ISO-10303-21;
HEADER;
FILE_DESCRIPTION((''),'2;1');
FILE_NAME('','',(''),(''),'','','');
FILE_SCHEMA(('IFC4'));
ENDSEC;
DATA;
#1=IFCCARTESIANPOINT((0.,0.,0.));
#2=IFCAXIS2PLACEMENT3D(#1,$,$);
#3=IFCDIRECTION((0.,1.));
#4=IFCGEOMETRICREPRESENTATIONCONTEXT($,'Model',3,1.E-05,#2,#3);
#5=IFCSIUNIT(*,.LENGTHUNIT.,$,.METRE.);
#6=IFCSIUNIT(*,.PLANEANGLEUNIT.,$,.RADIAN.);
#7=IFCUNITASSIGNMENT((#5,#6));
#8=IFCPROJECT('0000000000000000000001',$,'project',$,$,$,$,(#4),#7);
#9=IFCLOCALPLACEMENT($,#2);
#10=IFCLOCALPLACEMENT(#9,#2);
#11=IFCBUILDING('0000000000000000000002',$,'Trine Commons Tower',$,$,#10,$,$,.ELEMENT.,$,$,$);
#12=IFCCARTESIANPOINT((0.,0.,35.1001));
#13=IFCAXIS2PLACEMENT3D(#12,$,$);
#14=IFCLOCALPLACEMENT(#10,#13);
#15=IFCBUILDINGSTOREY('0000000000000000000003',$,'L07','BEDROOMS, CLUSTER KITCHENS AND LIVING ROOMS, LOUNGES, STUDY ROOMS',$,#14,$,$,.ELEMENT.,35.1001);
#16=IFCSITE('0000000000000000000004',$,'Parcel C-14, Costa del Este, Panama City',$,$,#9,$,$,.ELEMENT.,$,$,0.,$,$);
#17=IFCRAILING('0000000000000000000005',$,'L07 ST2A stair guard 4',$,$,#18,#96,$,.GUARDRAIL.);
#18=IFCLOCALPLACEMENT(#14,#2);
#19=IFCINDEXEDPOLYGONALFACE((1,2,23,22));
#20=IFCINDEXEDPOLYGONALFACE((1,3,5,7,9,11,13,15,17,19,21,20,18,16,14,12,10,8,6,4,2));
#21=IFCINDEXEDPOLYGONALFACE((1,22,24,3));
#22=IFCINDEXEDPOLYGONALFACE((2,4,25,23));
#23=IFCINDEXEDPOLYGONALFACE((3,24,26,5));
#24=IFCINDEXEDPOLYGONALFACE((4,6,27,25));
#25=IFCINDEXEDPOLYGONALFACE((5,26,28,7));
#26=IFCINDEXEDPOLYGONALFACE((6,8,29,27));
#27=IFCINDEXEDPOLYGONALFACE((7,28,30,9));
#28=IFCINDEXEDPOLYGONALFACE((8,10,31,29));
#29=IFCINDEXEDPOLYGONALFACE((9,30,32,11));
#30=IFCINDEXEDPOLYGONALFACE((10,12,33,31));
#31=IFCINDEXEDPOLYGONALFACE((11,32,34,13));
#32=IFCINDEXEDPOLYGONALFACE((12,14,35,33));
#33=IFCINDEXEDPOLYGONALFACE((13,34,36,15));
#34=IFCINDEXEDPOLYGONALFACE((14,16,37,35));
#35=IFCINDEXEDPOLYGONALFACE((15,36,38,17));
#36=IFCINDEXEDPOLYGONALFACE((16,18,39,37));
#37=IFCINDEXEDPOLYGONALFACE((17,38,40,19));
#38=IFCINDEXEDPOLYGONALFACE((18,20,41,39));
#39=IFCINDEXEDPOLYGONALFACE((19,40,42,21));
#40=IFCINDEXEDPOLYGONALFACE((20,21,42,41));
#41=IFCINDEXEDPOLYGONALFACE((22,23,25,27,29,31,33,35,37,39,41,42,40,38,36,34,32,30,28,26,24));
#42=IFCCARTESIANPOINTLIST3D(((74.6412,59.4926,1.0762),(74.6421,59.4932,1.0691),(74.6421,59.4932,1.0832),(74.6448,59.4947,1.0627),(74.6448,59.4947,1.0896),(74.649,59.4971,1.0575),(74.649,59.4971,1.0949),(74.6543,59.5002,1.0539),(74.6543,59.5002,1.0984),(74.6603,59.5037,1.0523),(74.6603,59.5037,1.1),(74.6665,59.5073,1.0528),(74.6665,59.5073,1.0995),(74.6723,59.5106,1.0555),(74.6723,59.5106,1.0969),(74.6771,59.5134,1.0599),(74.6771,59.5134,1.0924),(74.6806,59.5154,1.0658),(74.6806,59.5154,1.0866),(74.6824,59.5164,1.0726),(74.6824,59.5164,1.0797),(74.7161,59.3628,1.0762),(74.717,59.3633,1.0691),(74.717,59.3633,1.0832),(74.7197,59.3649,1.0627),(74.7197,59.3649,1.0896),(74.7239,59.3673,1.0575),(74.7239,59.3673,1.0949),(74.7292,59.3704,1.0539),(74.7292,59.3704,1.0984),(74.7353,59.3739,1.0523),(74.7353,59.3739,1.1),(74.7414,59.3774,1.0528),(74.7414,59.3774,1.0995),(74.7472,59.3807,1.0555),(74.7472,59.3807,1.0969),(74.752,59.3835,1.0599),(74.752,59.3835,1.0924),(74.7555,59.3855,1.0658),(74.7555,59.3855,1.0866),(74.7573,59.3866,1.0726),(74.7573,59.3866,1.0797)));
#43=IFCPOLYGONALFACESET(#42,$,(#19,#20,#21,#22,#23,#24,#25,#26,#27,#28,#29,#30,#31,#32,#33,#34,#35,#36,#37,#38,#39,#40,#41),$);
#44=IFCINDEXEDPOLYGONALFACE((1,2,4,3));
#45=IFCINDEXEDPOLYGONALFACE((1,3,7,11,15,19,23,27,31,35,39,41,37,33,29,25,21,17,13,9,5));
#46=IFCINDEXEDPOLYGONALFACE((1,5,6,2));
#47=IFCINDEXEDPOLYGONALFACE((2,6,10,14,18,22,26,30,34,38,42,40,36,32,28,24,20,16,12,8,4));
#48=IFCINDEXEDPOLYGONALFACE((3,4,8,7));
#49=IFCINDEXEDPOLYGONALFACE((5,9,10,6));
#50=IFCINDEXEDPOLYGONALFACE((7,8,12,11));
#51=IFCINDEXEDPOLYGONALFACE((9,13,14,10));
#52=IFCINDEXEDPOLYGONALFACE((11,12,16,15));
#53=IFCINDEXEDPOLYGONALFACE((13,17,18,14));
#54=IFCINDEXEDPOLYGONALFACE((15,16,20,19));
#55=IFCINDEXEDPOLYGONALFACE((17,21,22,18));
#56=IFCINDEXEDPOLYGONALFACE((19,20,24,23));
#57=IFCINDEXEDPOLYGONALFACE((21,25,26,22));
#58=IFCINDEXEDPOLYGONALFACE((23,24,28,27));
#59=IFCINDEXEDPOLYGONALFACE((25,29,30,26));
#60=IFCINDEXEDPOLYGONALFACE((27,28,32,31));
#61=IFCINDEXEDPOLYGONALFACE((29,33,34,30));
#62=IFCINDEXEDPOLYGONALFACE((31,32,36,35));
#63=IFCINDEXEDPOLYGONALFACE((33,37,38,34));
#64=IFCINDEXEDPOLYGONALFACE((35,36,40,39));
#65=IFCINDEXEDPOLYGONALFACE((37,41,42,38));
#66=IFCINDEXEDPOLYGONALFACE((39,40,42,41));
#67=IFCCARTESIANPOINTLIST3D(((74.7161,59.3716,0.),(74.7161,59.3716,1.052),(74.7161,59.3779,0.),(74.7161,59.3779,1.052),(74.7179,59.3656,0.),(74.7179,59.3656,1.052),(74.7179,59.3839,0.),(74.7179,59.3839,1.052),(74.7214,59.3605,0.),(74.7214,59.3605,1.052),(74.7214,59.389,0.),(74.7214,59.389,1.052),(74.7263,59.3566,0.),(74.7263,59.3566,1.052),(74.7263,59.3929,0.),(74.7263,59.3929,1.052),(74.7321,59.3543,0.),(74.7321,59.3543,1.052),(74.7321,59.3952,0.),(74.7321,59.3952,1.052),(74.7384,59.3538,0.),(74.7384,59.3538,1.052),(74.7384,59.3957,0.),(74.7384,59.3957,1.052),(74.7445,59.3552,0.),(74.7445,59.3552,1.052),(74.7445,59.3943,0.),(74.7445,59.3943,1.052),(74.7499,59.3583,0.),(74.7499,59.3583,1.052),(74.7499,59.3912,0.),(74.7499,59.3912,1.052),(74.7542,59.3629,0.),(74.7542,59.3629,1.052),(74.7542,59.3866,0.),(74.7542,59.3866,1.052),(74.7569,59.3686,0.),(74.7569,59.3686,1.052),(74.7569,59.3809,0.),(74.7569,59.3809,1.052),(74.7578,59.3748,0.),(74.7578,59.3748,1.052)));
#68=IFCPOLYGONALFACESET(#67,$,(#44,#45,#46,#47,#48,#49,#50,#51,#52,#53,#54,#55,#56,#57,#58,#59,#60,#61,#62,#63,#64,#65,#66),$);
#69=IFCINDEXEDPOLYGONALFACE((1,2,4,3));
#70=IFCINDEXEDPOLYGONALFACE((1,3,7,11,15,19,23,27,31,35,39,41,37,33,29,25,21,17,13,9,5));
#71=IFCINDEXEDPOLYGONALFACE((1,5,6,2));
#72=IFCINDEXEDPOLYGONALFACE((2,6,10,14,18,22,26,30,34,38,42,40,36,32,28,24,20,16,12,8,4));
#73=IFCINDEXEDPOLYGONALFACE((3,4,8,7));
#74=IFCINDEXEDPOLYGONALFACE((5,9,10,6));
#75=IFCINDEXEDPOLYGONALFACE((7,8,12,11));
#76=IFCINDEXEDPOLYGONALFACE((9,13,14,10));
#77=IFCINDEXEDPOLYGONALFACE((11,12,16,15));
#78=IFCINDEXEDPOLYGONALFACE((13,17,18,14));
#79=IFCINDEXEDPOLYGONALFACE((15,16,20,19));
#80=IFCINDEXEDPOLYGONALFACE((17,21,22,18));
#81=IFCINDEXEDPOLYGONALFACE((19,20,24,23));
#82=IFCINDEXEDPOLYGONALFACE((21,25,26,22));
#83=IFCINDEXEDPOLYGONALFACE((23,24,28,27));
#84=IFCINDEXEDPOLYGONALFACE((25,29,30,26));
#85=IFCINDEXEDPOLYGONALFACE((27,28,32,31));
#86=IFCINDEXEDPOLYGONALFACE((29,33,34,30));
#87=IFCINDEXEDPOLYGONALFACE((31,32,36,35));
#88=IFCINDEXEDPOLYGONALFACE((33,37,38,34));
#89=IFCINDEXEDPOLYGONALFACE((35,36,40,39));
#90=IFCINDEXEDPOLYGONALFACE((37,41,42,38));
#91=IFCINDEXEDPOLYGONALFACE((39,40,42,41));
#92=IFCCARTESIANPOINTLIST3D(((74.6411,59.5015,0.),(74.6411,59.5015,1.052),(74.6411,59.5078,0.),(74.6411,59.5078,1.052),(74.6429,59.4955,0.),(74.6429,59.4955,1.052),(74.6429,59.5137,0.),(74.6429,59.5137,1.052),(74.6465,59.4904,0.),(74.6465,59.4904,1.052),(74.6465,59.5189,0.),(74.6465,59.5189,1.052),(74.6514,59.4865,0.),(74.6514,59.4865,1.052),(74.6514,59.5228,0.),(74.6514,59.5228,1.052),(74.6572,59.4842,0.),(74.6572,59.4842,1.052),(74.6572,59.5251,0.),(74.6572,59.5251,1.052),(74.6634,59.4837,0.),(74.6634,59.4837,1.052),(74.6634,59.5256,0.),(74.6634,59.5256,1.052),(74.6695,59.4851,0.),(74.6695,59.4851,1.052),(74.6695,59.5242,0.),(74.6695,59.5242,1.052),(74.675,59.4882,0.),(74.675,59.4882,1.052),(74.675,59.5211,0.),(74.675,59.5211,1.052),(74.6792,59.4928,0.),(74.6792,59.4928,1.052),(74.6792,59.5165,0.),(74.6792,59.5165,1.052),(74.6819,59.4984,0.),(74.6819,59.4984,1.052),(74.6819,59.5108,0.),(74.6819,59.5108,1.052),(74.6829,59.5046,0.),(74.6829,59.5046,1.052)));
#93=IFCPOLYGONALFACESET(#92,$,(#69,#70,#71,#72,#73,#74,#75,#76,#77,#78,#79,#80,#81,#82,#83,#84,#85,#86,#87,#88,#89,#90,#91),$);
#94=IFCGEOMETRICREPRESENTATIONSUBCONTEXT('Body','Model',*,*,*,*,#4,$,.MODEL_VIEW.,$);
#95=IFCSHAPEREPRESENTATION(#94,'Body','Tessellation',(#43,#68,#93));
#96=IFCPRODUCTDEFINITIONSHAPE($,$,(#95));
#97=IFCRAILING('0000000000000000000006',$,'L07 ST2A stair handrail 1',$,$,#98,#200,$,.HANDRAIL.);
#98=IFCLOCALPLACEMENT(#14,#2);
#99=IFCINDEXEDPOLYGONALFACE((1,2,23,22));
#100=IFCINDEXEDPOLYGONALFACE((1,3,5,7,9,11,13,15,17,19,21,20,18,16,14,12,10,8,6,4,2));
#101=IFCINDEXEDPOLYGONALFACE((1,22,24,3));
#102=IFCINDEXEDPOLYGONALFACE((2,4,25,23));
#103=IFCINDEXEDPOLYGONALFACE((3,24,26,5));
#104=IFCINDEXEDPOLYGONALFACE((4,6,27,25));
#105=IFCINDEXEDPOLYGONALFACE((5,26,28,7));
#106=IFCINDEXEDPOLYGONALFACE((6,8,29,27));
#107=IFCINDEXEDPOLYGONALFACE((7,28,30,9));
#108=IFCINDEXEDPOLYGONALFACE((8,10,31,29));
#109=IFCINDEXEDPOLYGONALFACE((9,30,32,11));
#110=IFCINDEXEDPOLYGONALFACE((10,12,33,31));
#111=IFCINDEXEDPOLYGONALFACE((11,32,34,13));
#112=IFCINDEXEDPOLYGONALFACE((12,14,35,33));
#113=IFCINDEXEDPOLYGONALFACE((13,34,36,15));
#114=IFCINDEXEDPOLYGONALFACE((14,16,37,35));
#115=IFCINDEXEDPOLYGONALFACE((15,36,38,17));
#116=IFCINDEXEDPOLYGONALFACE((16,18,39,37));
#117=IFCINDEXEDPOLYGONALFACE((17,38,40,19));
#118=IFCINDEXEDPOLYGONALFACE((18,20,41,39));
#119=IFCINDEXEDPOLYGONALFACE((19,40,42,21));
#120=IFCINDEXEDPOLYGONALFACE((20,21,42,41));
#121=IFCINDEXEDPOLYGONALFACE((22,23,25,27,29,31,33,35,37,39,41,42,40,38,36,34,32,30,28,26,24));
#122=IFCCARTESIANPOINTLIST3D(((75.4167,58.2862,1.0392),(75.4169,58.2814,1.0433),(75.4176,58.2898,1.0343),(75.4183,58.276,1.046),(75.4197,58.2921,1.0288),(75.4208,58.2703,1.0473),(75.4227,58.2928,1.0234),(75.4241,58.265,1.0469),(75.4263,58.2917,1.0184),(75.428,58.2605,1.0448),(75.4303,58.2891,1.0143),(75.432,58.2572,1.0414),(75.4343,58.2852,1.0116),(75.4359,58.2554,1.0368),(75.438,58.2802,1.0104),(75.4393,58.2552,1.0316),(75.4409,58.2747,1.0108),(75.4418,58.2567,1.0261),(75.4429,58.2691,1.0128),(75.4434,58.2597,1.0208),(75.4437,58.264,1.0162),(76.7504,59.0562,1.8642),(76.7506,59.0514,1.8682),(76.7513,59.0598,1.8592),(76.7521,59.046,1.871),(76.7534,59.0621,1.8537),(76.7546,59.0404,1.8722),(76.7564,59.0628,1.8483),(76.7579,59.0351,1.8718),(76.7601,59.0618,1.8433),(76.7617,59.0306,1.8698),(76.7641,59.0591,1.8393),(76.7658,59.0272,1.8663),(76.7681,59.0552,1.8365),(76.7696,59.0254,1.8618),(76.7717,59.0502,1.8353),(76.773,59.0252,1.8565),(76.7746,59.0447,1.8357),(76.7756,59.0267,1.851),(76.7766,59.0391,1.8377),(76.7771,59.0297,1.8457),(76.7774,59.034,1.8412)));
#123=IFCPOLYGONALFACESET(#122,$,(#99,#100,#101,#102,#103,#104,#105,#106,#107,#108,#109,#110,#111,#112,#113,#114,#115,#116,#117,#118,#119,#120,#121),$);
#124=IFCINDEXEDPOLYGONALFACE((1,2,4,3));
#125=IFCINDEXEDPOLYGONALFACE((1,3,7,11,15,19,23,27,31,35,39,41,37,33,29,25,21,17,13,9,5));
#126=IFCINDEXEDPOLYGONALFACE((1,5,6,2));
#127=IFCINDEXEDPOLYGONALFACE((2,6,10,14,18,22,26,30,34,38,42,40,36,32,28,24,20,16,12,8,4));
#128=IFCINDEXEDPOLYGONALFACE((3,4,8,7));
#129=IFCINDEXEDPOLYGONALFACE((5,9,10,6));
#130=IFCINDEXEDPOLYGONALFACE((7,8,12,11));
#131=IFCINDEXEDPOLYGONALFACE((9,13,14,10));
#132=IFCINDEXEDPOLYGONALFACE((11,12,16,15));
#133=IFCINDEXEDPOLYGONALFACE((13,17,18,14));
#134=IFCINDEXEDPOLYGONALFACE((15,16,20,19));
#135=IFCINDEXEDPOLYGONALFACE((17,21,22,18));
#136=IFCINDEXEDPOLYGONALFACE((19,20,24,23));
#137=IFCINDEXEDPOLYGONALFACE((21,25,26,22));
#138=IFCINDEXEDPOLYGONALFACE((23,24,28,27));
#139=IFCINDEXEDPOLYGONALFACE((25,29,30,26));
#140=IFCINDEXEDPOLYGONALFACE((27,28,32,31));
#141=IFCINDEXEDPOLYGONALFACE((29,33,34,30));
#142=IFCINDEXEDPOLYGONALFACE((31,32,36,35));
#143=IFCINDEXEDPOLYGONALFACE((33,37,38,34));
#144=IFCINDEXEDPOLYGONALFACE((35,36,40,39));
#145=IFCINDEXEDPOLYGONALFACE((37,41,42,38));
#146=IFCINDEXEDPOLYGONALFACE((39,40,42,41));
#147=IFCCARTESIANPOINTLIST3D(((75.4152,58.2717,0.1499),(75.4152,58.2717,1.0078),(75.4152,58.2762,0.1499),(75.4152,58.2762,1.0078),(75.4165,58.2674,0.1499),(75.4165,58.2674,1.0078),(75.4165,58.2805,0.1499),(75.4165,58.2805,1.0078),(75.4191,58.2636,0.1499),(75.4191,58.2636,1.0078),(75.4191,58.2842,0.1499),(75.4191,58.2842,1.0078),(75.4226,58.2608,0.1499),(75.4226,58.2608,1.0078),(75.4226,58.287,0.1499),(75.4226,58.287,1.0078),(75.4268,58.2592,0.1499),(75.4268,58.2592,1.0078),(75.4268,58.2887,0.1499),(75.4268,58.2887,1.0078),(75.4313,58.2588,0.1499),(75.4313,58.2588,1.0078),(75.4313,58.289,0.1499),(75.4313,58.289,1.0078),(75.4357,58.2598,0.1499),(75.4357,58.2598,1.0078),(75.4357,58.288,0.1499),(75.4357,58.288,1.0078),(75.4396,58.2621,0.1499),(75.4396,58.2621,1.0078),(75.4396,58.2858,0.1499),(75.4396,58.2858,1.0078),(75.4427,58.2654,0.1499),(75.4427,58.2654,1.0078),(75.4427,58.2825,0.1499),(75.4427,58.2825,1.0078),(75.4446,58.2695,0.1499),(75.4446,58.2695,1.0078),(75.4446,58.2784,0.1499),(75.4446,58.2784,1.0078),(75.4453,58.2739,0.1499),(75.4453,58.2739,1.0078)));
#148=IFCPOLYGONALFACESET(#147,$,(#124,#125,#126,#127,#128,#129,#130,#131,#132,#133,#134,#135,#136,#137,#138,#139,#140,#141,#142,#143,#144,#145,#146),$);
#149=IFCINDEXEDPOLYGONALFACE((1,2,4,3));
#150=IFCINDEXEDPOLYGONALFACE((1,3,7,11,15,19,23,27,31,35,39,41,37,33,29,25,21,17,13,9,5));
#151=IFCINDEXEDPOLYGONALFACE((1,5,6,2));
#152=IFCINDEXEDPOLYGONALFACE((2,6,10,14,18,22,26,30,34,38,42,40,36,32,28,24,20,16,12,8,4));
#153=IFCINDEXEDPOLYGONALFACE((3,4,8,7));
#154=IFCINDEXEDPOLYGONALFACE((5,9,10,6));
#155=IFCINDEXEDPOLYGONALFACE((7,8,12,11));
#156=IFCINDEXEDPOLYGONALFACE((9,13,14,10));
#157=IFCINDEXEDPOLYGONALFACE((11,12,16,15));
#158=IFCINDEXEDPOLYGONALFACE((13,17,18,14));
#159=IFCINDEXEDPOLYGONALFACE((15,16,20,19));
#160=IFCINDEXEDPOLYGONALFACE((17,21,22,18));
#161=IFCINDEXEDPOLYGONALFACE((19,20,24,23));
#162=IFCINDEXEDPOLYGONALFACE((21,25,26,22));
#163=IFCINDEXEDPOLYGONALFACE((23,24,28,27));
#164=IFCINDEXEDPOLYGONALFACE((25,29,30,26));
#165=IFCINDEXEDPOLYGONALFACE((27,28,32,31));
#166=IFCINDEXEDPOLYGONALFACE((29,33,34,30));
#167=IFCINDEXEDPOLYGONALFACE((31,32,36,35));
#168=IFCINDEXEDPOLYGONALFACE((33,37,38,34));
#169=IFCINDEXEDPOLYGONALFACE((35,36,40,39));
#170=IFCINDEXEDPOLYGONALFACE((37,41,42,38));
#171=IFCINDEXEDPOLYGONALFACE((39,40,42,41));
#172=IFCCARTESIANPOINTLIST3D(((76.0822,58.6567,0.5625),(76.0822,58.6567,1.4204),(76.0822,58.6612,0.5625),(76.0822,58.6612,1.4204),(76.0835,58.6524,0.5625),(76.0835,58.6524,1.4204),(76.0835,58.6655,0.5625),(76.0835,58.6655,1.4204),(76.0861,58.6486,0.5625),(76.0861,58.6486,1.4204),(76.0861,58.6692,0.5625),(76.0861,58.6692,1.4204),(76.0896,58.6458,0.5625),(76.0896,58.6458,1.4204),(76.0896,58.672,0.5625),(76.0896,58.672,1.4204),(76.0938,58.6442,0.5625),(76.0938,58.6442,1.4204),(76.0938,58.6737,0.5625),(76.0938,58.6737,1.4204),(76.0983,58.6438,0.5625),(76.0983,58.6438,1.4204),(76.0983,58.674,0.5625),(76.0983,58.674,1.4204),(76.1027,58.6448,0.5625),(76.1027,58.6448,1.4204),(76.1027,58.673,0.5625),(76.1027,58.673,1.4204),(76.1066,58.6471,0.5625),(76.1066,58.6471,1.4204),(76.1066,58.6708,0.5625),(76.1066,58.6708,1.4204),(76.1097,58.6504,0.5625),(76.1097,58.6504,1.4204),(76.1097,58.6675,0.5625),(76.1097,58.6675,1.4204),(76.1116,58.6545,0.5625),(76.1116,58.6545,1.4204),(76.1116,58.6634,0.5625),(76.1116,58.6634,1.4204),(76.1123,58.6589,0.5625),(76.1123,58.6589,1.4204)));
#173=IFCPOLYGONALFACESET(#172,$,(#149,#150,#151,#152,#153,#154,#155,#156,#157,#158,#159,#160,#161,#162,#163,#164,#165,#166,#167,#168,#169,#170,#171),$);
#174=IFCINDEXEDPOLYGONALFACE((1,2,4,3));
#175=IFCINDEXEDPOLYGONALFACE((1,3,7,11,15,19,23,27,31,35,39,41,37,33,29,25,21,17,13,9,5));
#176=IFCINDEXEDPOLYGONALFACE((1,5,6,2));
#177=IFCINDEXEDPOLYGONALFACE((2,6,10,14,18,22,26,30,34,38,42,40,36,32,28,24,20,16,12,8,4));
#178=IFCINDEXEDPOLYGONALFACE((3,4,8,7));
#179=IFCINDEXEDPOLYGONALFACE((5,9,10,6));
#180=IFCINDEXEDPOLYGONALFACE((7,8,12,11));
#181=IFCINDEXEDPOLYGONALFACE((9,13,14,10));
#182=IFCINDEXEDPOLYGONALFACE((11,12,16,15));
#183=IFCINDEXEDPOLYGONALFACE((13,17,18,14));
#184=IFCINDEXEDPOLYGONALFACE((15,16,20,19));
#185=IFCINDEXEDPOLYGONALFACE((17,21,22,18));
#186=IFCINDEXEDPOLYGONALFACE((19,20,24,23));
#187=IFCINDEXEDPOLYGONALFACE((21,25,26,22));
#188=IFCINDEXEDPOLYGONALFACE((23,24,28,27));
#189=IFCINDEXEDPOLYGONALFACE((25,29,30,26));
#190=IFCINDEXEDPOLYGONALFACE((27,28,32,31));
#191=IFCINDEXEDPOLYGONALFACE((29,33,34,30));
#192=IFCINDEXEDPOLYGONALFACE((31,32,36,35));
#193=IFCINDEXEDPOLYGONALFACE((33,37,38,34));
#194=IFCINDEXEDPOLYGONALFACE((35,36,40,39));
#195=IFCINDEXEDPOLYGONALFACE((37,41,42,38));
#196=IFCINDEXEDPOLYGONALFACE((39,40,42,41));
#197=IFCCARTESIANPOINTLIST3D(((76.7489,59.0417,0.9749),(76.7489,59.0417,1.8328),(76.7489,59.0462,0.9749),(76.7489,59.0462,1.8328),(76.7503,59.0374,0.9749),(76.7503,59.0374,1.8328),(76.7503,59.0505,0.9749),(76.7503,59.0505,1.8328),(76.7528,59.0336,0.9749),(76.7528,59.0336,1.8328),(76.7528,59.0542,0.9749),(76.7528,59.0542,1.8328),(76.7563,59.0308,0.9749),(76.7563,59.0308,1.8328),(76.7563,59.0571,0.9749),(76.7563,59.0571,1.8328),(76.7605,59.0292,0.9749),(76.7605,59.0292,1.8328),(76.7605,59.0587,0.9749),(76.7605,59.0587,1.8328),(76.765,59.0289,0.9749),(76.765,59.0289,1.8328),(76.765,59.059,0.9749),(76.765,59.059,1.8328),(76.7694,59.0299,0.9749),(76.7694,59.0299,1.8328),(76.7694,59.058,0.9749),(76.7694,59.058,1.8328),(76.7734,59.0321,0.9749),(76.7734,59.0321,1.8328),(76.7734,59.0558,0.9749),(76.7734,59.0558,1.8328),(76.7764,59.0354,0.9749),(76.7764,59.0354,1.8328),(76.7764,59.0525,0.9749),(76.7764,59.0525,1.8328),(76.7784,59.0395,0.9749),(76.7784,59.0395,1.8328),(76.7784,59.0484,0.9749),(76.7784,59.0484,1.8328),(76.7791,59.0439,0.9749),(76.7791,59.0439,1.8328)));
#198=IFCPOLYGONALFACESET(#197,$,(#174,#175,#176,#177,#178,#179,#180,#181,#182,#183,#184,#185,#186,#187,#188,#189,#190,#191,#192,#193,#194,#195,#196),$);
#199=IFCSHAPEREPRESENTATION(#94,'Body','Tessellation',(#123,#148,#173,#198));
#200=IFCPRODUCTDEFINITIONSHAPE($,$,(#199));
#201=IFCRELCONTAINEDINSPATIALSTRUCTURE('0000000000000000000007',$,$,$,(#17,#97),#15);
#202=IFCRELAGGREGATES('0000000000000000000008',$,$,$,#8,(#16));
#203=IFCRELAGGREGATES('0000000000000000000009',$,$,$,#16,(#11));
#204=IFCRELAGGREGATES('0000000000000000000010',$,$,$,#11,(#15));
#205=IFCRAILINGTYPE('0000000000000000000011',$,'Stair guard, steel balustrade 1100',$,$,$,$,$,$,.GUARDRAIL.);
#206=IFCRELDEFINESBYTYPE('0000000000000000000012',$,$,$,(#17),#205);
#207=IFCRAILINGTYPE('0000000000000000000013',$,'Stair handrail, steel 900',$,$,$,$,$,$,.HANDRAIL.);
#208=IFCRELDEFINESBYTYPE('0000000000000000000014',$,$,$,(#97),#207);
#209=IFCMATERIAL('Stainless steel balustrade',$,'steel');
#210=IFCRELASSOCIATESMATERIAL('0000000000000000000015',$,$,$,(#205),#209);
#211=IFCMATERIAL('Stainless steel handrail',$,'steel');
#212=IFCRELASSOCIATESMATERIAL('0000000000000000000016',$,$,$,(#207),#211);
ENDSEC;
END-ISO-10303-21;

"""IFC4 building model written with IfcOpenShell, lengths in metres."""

from ifc_helpers import new_model, si_unit, direction, frame, origin, origin_2d, place, context, subcontext, project, spatial, circle, extrude, material, type_object, element, save


model = new_model("IFC4")

# Units and contexts
model_context = context("Model", 3, precision=1e-05, world=origin(), true_north=direction((0.0, 1.0)))
body_context = subcontext(model_context, "Body", "Model", "MODEL_VIEW")
ifc_project = project(units=[si_unit("LENGTHUNIT", "METRE"), si_unit("PLANEANGLEUNIT", "RADIAN")], contexts=[model_context])

# Site, building, storey
site_placement = place(None, origin())
site = spatial("IfcSite", under=ifc_project, at=site_placement, Name="Parcel C-14, Costa del Este, Panama City", CompositionType="ELEMENT", RefElevation=0.0)
building_placement = place(site_placement, origin())
building = spatial("IfcBuilding", under=site, at=building_placement, Name="Trine Commons Tower", CompositionType="ELEMENT")
storey_placement = place(building_placement, frame((0.0, 0.0, 35.1001)))
storey = spatial("IfcBuildingStorey", under=building, at=storey_placement, Name="L07", Description="BEDROOMS, CLUSTER KITCHENS AND LIVING ROOMS, LOUNGES, STUDY ROOMS", CompositionType="ELEMENT", Elevation=35.1001)

# Railings
ifc_material_1 = material(Name="Stainless steel balustrade", Category="steel")
railing_type_1 = type_object("IfcRailingType", Name="Stair guard, steel balustrade 1100", PredefinedType="GUARDRAIL", material=ifc_material_1)
railing_1_placement = place(storey_placement, frame((74.7368, 59.3748, 0.0)))
element("IfcRailing", 1, at=railing_1_placement, inside=storey, type_object=railing_type_1, Name="L07 ST2A stair guard 4", PredefinedType="GUARDRAIL", context=body_context, shape_type="SweptSolid", body=[
    extrude(circle(Radius=0.0239, at=origin_2d()), frame((0.0, 0.0, 1.0762), z_axis=(-0.499816, 0.866131, 0.0), x_axis=(-0.866131, -0.499816, 0.0)), (0.0, 0.0, 1.0), 0.1499),
    extrude(circle(Radius=0.021, at=origin_2d()), origin(), (0.0, 0.0, 1.0), 1.052),
    extrude(circle(Radius=0.021, at=origin_2d()), frame((-0.075, 0.1299, 0.0)), (0.0, 0.0, 1.0), 1.052),
])
ifc_material_2 = material(Name="Stainless steel handrail", Category="steel")
railing_type_2 = type_object("IfcRailingType", Name="Stair handrail, steel 900", PredefinedType="HANDRAIL", material=ifc_material_2)
for number, where, name in (
    (2, (75.4302, 58.2739, 0.1499), "L07 ST2A stair handrail 1"),
):
    element("IfcRailing", number, at=place(storey_placement, frame(where)), inside=storey, type_object=railing_type_2, Name=name, PredefinedType="HANDRAIL", context=body_context, shape_type="SweptSolid", body=[
        extrude(circle(Radius=0.021, at=origin_2d()), frame((0.0, 0.0, 0.8789), z_axis=(0.763405, 0.440743, 0.472185), x_axis=(-0.499992, 0.86603, 0.0)), (0.0, 0.0, 1.0), 1.7471),
        extrude(circle(Radius=0.0151, at=origin_2d()), origin(), (0.0, 0.0, 1.0), 0.8579),
        extrude(circle(Radius=0.0151, at=origin_2d()), frame((0.667, 0.385, 0.4126)), (0.0, 0.0, 1.0), 0.8579),
        extrude(circle(Radius=0.0151, at=origin_2d()), frame((1.3337, 0.77, 0.825)), (0.0, 0.0, 1.0), 0.8579),
    ])

save(model, "model.ifc")
